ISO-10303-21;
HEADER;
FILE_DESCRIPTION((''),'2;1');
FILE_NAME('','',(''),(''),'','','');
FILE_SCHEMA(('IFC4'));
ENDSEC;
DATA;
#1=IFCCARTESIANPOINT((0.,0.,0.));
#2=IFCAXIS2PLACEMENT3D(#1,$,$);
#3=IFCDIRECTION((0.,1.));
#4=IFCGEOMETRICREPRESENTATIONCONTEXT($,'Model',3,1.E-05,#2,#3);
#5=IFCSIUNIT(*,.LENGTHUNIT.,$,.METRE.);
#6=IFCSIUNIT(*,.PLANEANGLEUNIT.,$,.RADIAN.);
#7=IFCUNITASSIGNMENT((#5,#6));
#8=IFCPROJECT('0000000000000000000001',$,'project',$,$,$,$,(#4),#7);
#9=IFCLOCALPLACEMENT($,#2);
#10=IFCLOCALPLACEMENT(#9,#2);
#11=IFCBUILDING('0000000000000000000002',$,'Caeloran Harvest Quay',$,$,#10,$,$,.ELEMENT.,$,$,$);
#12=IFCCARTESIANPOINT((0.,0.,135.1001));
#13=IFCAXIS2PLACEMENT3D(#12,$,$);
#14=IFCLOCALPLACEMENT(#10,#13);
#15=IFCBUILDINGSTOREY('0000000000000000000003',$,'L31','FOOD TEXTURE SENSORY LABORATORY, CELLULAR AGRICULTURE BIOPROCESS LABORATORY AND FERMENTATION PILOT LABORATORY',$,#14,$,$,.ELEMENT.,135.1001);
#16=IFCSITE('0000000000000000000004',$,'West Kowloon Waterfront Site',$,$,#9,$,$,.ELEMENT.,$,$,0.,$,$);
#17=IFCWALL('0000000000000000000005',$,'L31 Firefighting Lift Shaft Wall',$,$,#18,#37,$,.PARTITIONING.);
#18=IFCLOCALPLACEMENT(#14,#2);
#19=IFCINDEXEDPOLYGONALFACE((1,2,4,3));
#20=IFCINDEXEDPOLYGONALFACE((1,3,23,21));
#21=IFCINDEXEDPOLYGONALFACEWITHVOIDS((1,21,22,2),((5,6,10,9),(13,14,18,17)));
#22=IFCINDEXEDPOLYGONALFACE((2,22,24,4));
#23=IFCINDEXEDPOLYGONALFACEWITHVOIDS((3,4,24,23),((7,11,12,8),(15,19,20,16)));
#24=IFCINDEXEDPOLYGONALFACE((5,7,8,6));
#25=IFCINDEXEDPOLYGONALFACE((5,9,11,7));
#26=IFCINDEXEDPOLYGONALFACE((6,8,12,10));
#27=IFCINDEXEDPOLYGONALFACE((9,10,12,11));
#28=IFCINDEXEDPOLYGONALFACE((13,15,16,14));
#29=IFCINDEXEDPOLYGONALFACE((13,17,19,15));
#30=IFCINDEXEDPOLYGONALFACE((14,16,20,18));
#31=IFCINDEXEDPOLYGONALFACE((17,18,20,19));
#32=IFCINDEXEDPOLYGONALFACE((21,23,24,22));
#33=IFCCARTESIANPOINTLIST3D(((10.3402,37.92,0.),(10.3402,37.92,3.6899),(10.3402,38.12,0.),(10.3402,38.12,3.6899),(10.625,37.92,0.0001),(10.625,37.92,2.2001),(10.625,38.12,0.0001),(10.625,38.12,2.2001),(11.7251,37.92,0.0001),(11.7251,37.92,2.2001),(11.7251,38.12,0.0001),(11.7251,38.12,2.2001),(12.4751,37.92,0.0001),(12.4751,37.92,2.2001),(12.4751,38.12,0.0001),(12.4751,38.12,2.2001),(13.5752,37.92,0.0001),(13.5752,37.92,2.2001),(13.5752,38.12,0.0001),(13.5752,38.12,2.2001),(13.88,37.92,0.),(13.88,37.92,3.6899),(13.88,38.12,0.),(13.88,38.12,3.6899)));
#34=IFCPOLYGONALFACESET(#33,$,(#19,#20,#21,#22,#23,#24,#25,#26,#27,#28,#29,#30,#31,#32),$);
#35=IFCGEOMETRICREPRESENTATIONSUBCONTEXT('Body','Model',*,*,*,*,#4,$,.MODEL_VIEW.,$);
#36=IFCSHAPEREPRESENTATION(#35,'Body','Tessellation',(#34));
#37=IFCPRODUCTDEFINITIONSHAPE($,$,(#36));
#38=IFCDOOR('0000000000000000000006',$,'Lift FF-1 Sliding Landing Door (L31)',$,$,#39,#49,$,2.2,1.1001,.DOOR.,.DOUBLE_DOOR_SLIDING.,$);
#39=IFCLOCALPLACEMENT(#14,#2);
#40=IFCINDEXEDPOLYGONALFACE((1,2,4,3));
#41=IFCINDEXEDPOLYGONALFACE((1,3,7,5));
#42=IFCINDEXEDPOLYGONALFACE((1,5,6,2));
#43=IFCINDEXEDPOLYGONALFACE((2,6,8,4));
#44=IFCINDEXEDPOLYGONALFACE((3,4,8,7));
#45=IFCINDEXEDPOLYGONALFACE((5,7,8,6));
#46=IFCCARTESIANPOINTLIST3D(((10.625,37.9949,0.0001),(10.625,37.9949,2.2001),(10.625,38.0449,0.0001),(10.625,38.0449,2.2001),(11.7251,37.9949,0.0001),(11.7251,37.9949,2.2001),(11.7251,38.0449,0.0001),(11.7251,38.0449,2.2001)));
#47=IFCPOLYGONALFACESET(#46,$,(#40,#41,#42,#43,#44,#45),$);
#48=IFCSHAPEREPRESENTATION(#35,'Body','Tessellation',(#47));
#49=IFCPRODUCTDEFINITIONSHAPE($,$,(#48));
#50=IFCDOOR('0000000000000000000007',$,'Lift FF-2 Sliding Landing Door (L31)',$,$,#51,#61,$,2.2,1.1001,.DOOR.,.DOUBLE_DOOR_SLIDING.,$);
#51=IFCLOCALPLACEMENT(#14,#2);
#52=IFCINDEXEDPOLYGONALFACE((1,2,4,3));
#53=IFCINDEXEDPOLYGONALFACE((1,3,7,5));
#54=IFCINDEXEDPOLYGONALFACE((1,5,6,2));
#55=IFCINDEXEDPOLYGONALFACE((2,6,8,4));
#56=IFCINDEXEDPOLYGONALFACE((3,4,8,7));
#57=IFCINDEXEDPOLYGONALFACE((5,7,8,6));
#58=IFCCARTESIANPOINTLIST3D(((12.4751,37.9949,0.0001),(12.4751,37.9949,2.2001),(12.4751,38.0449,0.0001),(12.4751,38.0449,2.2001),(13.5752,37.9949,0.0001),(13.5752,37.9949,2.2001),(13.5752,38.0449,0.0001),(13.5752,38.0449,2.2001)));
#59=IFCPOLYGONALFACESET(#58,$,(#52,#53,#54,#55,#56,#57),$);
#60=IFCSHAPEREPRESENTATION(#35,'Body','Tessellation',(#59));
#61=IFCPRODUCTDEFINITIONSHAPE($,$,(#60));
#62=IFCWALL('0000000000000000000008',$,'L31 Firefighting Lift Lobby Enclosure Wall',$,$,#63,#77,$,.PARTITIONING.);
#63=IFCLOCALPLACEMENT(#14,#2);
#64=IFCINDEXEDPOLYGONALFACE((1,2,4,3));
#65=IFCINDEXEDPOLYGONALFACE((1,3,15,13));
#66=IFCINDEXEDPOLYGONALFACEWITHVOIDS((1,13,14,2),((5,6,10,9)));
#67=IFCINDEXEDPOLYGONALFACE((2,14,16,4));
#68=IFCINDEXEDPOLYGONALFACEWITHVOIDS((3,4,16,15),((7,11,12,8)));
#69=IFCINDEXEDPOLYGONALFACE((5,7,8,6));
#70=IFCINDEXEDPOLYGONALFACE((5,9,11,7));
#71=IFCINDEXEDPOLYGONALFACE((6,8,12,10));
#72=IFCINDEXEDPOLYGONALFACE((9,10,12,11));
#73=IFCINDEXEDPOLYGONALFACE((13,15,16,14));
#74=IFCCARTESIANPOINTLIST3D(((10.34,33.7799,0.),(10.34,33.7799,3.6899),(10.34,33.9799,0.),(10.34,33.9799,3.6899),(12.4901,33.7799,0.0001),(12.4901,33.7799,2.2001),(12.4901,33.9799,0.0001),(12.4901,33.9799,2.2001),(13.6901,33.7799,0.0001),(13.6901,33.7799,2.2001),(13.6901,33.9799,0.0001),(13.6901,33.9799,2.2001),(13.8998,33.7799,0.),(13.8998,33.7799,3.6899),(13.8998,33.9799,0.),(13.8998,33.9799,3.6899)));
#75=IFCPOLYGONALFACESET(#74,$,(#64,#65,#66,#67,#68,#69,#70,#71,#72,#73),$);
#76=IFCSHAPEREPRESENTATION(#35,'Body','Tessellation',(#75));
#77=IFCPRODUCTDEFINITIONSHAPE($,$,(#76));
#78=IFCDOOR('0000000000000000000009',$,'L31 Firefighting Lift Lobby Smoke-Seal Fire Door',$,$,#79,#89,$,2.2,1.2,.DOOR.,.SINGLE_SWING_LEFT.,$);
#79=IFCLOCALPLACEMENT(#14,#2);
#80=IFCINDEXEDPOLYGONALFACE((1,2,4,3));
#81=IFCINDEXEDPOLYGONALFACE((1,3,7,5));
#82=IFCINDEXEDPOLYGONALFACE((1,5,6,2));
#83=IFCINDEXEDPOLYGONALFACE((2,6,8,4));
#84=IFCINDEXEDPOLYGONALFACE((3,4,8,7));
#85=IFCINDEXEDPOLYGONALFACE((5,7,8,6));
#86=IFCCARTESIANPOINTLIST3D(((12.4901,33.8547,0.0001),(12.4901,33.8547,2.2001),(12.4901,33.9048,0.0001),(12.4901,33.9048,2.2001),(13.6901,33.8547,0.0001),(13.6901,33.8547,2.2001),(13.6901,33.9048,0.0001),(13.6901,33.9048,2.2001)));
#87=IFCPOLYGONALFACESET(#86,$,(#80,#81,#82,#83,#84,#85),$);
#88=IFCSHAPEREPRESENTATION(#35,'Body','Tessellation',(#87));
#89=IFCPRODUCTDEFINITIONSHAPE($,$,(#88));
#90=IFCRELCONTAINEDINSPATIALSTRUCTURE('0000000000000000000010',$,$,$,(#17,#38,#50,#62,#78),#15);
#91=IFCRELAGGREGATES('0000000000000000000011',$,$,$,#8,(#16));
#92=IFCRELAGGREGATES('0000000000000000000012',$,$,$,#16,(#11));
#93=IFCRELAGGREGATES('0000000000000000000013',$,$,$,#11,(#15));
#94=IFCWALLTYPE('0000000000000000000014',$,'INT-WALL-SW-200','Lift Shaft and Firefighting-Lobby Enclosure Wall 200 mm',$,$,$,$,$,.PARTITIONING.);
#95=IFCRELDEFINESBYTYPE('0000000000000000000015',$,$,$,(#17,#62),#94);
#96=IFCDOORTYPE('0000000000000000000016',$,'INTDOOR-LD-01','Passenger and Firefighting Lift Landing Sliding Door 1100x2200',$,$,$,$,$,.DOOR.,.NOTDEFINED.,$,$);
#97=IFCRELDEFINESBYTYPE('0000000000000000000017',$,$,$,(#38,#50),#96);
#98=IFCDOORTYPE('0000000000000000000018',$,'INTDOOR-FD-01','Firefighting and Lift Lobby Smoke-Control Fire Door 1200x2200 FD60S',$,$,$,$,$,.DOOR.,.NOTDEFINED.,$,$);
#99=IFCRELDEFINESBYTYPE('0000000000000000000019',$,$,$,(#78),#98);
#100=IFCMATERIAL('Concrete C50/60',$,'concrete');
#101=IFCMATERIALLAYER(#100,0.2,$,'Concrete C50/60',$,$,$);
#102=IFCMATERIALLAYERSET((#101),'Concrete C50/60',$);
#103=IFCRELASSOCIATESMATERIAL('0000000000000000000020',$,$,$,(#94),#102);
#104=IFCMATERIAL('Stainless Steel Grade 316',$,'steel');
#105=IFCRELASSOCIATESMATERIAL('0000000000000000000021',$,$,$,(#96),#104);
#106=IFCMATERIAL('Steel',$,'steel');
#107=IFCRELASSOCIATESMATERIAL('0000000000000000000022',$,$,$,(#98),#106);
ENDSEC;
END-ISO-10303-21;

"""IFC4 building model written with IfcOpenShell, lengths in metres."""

from ifc_helpers import new_model, si_unit, direction, frame, frame_2d, origin, place, context, subcontext, project, spatial, rectangle, extrude, material, layer, layer_set, type_object, element, fill, save


model = new_model("IFC4")

# Units and contexts
model_context = context("Model", 3, precision=1e-05, world=origin(), true_north=direction((0.0, 1.0)))
body_context = subcontext(model_context, "Body", "Model", "MODEL_VIEW")
ifc_project = project(units=[si_unit("LENGTHUNIT", "METRE"), si_unit("PLANEANGLEUNIT", "RADIAN")], contexts=[model_context])

# Site, building, storey
site_placement = place(None, origin())
site = spatial("IfcSite", under=ifc_project, at=site_placement, Name="West Kowloon Waterfront Site", CompositionType="ELEMENT", RefElevation=0.0)
building_placement = place(site_placement, origin())
building = spatial("IfcBuilding", under=site, at=building_placement, Name="Caeloran Harvest Quay", CompositionType="ELEMENT")
storey_placement = place(building_placement, frame((0.0, 0.0, 135.1001)))
storey = spatial("IfcBuildingStorey", under=building, at=storey_placement, Name="L31", Description="FOOD TEXTURE SENSORY LABORATORY, CELLULAR AGRICULTURE BIOPROCESS LABORATORY AND FERMENTATION PILOT LABORATORY", CompositionType="ELEMENT", Elevation=135.1001)

# Shared definitions
ifc_material_1 = material(Name="Concrete C50/60", Category="concrete")
ifc_layer_1 = layer(ifc_material_1, 0.2, Name="Concrete C50/60")
ifc_layer_set_1 = layer_set([ifc_layer_1], Name="Concrete C50/60")
wall_type_1 = type_object("IfcWallType", Name="INT-WALL-SW-200", Description="Lift Shaft and Firefighting-Lobby Enclosure Wall 200 mm", PredefinedType="PARTITIONING", material=ifc_layer_set_1)

# Wall, openings, doors
wall_1_placement = place(storey_placement, frame((10.3401, 38.02, 0.0), z_axis=(0.0, 0.0, 1.0), x_axis=(1.0, 0.0, 0.0)))
wall_1 = element("IfcWall", 1, at=wall_1_placement, inside=storey, type_object=wall_type_1, Name="L31 Firefighting Lift Shaft Wall", PredefinedType="PARTITIONING", context=body_context, shape_type="SweptSolid", body=[
    extrude(rectangle(XDim=3.5398, YDim=0.2, at=frame_2d((1.77, 0.0))), origin(), (0.0, 0.0, 1.0), 3.6899),
])
opening_1_placement = place(wall_1_placement, frame((0.2849, 0.0, 0.0)))
opening_1 = element("IfcOpeningElement", 2, at=opening_1_placement, cuts=wall_1, PredefinedType="OPENING", context=body_context, shape_type="SweptSolid", body=[
    extrude(rectangle(XDim=1.1001, YDim=2.2, at=frame_2d((0.55, 1.1001))), frame((0.0, 0.1099, 0.0), z_axis=(0.0, -1.0, 0.0), x_axis=(1.0, 0.0, 0.0)), (0.0, 0.0, 1.0), 0.22),
])
opening_2_placement = place(wall_1_placement, frame((2.135, 0.0, 0.0)))
opening_2 = element("IfcOpeningElement", 3, at=opening_2_placement, cuts=wall_1, PredefinedType="OPENING", context=body_context, shape_type="SweptSolid", body=[
    extrude(rectangle(XDim=1.1001, YDim=2.2, at=frame_2d((0.55, 1.1001))), frame((0.0, 0.1099, 0.0), z_axis=(0.0, -1.0, 0.0), x_axis=(1.0, 0.0, 0.0)), (0.0, 0.0, 1.0), 0.22),
])
ifc_material_2 = material(Name="Stainless Steel Grade 316", Category="steel")
door_type_1 = type_object("IfcDoorType", Name="INTDOOR-LD-01", Description="Passenger and Firefighting Lift Landing Sliding Door 1100x2200", OperationType="NOTDEFINED", PredefinedType="DOOR", material=ifc_material_2)
door_1_placement = place(opening_1_placement, origin())
door_1 = element("IfcDoor", 4, at=door_1_placement, inside=storey, type_object=door_type_1, Name="Lift FF-1 Sliding Landing Door (L31)", OperationType="DOUBLE_DOOR_SLIDING", OverallHeight=2.2, OverallWidth=1.1001, PredefinedType="DOOR", context=body_context, shape_type="SweptSolid", body=[
    extrude(rectangle(XDim=1.1001, YDim=2.2, at=frame_2d((0.55, 1.1001))), frame((0.0, 0.0249, 0.0), z_axis=(0.0, -1.0, 0.0), x_axis=(1.0, 0.0, 0.0)), (0.0, 0.0, 1.0), 0.05),
])
fill(opening_1, door_1)
door_2_placement = place(opening_2_placement, origin())
door_2 = element("IfcDoor", 5, at=door_2_placement, inside=storey, type_object=door_type_1, Name="Lift FF-2 Sliding Landing Door (L31)", OperationType="DOUBLE_DOOR_SLIDING", OverallHeight=2.2, OverallWidth=1.1001, PredefinedType="DOOR", context=body_context, shape_type="SweptSolid", body=[
    extrude(rectangle(XDim=1.1001, YDim=2.2, at=frame_2d((0.55, 1.1001))), frame((0.0, 0.0249, 0.0), z_axis=(0.0, -1.0, 0.0), x_axis=(1.0, 0.0, 0.0)), (0.0, 0.0, 1.0), 0.05),
])
fill(opening_2, door_2)

# Wall, opening, door
wall_2_placement = place(storey_placement, frame((10.3401, 33.8799, 0.0), z_axis=(0.0, 0.0, 1.0), x_axis=(1.0, 0.0, 0.0)))
wall_2 = element("IfcWall", 6, at=wall_2_placement, inside=storey, type_object=wall_type_1, Name="L31 Firefighting Lift Lobby Enclosure Wall", PredefinedType="PARTITIONING", context=body_context, shape_type="SweptSolid", body=[
    extrude(rectangle(XDim=3.5598, YDim=0.2, at=frame_2d((1.7798, 0.0))), origin(), (0.0, 0.0, 1.0), 3.6899),
])
opening_3_placement = place(wall_2_placement, frame((2.1499, 0.0, 0.0)))
opening_3 = element("IfcOpeningElement", 7, at=opening_3_placement, cuts=wall_2, PredefinedType="OPENING", context=body_context, shape_type="SweptSolid", body=[
    extrude(rectangle(XDim=1.2, YDim=2.2, at=frame_2d((0.6001, 1.1001))), frame((0.0, 0.1099, 0.0), z_axis=(0.0, -1.0, 0.0), x_axis=(1.0, 0.0, 0.0)), (0.0, 0.0, 1.0), 0.22),
])
ifc_material_3 = material(Name="Steel", Category="steel")
door_type_2 = type_object("IfcDoorType", Name="INTDOOR-FD-01", Description="Firefighting and Lift Lobby Smoke-Control Fire Door 1200x2200 FD60S", OperationType="NOTDEFINED", PredefinedType="DOOR", material=ifc_material_3)
door_3_placement = place(opening_3_placement, origin())
door_3 = element("IfcDoor", 8, at=door_3_placement, inside=storey, type_object=door_type_2, Name="L31 Firefighting Lift Lobby Smoke-Seal Fire Door", OperationType="SINGLE_SWING_LEFT", OverallHeight=2.2, OverallWidth=1.2, PredefinedType="DOOR", context=body_context, shape_type="SweptSolid", body=[
    extrude(rectangle(XDim=1.2, YDim=2.2, at=frame_2d((0.6001, 1.1001))), frame((0.0, 0.0249, 0.0), z_axis=(0.0, -1.0, 0.0), x_axis=(1.0, 0.0, 0.0)), (0.0, 0.0, 1.0), 0.05),
])
fill(opening_3, door_3)

save(model, "model.ifc")
